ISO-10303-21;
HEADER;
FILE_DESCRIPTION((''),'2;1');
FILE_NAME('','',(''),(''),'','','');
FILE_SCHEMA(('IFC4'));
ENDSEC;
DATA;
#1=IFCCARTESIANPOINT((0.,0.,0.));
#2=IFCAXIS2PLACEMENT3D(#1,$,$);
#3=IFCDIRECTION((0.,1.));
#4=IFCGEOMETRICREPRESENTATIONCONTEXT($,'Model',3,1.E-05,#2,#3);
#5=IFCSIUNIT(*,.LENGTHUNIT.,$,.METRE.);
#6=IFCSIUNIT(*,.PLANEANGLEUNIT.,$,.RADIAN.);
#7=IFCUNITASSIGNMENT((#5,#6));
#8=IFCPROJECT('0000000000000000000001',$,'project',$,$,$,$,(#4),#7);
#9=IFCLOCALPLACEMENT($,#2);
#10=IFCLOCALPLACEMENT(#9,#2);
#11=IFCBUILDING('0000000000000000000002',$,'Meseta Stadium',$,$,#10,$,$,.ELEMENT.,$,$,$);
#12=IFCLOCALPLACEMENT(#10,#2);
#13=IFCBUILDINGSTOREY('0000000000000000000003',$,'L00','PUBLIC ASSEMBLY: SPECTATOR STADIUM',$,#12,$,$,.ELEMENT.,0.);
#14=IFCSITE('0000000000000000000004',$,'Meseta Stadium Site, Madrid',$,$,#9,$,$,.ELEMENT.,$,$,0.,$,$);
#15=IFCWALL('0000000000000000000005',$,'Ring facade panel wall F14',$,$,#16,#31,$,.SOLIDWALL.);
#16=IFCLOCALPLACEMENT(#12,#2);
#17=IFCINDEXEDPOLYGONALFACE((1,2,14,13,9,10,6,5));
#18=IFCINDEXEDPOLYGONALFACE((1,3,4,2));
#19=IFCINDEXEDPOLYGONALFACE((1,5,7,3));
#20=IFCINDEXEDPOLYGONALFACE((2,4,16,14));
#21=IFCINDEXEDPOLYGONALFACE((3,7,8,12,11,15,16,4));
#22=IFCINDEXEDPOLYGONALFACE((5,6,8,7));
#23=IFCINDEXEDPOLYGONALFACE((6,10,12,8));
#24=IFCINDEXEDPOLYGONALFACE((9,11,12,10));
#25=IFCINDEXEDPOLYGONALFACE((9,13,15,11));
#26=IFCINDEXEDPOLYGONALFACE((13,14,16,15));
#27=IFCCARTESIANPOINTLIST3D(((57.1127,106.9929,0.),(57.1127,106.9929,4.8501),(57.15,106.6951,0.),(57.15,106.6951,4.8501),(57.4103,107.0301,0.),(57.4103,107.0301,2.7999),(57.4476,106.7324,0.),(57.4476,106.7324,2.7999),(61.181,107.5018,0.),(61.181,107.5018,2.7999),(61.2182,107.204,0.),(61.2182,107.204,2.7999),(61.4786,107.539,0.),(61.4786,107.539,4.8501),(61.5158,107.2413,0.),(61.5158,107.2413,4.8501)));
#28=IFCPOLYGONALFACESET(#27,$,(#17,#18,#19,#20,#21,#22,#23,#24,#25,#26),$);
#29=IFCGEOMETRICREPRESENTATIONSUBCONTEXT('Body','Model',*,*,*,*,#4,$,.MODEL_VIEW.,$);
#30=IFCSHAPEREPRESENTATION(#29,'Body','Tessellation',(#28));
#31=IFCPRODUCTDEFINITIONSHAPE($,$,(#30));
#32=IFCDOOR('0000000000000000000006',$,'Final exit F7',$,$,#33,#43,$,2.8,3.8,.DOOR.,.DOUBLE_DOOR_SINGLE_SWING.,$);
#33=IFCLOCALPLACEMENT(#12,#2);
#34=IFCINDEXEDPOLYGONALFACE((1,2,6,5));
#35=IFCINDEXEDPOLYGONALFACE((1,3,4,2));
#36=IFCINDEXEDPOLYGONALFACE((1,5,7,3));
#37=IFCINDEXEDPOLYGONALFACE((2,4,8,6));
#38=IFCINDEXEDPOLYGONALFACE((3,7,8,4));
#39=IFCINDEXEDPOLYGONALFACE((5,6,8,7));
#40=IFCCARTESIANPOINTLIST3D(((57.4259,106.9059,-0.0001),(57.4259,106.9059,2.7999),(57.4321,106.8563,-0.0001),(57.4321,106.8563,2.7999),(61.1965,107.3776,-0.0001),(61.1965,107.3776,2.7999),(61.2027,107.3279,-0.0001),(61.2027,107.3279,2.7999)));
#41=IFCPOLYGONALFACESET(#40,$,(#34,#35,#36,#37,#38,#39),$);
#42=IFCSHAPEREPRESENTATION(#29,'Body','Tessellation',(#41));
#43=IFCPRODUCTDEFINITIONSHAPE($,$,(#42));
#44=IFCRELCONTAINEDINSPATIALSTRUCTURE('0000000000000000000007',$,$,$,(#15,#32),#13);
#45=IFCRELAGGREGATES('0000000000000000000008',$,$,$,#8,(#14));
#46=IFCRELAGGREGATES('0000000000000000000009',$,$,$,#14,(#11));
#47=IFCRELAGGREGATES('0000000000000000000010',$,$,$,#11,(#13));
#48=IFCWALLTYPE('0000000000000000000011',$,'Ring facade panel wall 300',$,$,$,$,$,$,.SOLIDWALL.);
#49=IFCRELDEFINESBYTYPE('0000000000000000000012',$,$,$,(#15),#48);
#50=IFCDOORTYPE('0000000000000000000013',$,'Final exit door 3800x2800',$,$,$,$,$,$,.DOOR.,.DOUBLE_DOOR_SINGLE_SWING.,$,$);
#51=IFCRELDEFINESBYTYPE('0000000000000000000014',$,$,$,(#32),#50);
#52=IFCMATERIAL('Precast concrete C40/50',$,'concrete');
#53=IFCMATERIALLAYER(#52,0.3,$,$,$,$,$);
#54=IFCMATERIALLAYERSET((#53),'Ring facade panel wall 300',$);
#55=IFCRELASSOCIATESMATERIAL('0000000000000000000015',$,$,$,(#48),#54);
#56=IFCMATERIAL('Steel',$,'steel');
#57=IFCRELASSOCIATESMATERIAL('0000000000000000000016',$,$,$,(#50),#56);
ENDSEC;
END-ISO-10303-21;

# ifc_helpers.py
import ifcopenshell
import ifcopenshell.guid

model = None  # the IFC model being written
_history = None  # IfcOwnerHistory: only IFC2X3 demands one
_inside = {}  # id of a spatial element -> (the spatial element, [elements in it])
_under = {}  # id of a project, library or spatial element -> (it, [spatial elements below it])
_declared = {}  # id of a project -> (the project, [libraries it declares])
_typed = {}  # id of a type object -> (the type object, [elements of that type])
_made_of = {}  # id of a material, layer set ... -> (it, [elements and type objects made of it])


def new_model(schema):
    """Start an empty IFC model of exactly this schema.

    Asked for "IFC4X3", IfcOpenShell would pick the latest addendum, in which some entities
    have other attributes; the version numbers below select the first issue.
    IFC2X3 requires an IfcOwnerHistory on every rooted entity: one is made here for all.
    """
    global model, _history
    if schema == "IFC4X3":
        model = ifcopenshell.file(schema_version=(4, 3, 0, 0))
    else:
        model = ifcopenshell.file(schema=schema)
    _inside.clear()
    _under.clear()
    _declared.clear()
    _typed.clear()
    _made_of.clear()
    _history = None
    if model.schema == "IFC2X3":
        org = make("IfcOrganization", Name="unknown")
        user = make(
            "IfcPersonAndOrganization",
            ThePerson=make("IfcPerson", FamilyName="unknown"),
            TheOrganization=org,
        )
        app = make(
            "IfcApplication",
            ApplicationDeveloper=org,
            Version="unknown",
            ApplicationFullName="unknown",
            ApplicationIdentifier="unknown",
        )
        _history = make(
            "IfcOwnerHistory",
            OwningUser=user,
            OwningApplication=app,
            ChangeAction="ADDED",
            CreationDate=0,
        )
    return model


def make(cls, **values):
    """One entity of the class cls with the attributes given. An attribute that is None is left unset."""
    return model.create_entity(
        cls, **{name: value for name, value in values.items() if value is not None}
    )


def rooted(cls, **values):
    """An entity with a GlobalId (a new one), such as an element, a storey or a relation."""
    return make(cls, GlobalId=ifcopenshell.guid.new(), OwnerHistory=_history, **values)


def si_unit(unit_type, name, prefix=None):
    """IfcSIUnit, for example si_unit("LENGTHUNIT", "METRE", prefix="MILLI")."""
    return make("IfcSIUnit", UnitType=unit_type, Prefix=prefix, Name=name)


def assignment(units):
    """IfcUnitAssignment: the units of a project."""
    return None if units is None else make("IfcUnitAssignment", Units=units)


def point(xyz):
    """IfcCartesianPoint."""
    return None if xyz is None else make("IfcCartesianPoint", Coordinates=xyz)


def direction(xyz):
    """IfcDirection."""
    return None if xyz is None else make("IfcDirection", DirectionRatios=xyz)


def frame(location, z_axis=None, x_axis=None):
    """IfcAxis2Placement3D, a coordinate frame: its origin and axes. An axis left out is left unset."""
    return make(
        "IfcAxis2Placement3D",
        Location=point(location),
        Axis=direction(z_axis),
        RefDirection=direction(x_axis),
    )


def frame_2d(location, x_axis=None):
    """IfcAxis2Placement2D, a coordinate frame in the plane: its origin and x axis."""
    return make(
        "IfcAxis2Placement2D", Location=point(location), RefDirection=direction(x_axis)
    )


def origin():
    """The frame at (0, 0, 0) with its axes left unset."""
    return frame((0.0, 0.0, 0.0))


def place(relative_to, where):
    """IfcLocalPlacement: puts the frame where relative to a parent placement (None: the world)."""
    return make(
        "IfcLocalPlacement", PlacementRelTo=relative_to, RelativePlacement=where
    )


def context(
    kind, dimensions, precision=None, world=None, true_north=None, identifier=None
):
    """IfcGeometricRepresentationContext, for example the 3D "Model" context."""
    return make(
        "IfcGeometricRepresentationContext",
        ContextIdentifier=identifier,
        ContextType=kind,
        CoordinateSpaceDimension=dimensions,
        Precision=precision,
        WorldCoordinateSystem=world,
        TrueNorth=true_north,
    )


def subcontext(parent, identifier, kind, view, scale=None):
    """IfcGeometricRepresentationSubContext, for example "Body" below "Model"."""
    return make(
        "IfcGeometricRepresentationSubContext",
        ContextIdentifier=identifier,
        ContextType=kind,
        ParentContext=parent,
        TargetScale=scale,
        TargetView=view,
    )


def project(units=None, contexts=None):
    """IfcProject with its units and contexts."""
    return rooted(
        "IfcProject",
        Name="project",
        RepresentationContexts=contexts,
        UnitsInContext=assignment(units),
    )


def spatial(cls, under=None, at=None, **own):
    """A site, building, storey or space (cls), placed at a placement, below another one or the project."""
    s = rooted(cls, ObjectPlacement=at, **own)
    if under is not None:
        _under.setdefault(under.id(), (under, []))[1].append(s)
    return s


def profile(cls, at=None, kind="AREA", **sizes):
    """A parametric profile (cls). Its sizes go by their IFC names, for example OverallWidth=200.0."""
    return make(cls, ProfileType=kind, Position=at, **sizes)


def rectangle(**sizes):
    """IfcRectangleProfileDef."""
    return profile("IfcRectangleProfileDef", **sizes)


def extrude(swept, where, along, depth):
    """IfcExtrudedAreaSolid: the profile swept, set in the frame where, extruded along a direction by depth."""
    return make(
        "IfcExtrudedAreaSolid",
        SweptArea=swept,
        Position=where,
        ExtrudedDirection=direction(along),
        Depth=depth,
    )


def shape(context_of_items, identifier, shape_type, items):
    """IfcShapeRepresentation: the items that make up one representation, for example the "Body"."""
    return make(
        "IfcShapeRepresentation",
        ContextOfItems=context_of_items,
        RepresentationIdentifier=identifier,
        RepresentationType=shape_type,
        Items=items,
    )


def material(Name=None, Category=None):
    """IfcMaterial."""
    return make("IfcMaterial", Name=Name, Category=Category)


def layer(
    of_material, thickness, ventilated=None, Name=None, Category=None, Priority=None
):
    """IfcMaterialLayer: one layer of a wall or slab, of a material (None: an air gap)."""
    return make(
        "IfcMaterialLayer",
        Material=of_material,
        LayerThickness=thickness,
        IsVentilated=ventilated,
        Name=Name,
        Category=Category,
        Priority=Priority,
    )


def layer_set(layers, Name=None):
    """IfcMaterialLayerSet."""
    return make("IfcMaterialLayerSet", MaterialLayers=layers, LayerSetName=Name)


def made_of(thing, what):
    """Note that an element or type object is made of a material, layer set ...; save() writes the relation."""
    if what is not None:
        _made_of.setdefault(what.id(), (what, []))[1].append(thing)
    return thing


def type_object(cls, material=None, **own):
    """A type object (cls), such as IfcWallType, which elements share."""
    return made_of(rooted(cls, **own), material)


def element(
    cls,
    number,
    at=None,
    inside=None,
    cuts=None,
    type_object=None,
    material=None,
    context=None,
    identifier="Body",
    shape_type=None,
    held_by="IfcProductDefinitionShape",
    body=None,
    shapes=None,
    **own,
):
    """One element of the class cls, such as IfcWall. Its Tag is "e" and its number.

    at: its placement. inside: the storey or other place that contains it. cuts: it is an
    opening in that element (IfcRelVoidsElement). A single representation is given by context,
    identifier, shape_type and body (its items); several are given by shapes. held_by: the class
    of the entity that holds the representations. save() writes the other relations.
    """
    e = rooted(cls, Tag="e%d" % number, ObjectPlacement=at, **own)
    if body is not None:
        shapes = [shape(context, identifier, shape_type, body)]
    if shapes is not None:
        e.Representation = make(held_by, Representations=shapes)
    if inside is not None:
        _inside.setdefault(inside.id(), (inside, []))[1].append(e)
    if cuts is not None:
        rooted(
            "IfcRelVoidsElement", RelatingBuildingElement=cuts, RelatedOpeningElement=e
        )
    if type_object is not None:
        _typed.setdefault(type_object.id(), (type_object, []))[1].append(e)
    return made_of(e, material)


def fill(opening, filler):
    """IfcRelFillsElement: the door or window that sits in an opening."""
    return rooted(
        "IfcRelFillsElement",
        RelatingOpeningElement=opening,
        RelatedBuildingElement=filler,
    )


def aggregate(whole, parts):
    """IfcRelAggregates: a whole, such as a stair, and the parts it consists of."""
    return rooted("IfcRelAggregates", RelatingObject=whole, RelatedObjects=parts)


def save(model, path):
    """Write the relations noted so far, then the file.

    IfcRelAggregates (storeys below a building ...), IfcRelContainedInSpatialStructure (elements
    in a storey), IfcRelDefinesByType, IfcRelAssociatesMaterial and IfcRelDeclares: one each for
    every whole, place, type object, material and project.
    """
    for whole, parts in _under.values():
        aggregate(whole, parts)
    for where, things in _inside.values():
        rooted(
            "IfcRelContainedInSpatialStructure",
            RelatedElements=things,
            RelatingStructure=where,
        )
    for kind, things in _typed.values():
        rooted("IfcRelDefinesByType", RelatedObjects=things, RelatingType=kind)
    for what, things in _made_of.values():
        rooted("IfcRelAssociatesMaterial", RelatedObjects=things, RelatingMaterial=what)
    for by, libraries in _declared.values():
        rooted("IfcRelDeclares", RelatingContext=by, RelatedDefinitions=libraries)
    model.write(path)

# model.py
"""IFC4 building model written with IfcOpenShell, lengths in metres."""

from ifc_helpers import new_model, si_unit, direction, frame, frame_2d, origin, place, context, subcontext, project, spatial, rectangle, extrude, material, layer, layer_set, type_object, element, fill, save


model = new_model("IFC4")

# Units and contexts
model_context = context("Model", 3, precision=1e-05, world=origin(), true_north=direction((0.0, 1.0)))
body_context = subcontext(model_context, "Body", "Model", "MODEL_VIEW")
ifc_project = project(units=[si_unit("LENGTHUNIT", "METRE"), si_unit("PLANEANGLEUNIT", "RADIAN")], contexts=[model_context])

# Site, building, storey
site_placement = place(None, origin())
site = spatial("IfcSite", under=ifc_project, at=site_placement, Name="Meseta Stadium Site, Madrid", CompositionType="ELEMENT", RefElevation=0.0)
building_placement = place(site_placement, origin())
building = spatial("IfcBuilding", under=site, at=building_placement, Name="Meseta Stadium", CompositionType="ELEMENT")
storey_placement = place(building_placement, origin())
storey = spatial("IfcBuildingStorey", under=building, at=storey_placement, Name="L00", Description="PUBLIC ASSEMBLY: SPECTATOR STADIUM", CompositionType="ELEMENT", Elevation=0.0)

# Wall, opening, door
ifc_material_1 = material(Name="Precast concrete C40/50", Category="concrete")
ifc_layer_1 = layer(ifc_material_1, 0.3)
ifc_layer_set_1 = layer_set([ifc_layer_1], Name="Ring facade panel wall 300")
wall_type_1 = type_object("IfcWallType", Name="Ring facade panel wall 300", PredefinedType="SOLIDWALL", material=ifc_layer_set_1)
wall_1_placement = place(storey_placement, frame((57.1313, 106.844, 0.0), z_axis=(0.0, 0.0, 1.0), x_axis=(0.992267, 0.124124, 0.0)))
wall_1 = element("IfcWall", 1, at=wall_1_placement, inside=storey, type_object=wall_type_1, Name="Ring facade panel wall F14", PredefinedType="SOLIDWALL", context=body_context, shape_type="SweptSolid", body=[
    extrude(rectangle(XDim=4.3999, YDim=0.3, at=frame_2d((2.2, 0.0))), origin(), (0.0, 0.0, 1.0), 4.8501),
])
opening_1_placement = place(wall_1_placement, frame((0.3, 0.0, 0.0)))
opening_1 = element("IfcOpeningElement", 2, at=opening_1_placement, cuts=wall_1, PredefinedType="OPENING", context=body_context, shape_type="SweptSolid", body=[
    extrude(rectangle(XDim=3.8, YDim=2.8, at=frame_2d((1.8999, 1.3999))), frame((0.0, 0.1599, 0.0), z_axis=(0.0, -1.0, 0.0), x_axis=(1.0, 0.0, 0.0)), (0.0, 0.0, 1.0), 0.3201),
])
ifc_material_2 = material(Name="Steel", Category="steel")
door_type_1 = type_object("IfcDoorType", Name="Final exit door 3800x2800", OperationType="DOUBLE_DOOR_SINGLE_SWING", PredefinedType="DOOR", material=ifc_material_2)
door_1_placement = place(opening_1_placement, origin())
door_1 = element("IfcDoor", 3, at=door_1_placement, inside=storey, type_object=door_type_1, Name="Final exit F7", OperationType="DOUBLE_DOOR_SINGLE_SWING", OverallHeight=2.8, OverallWidth=3.8, PredefinedType="DOOR", context=body_context, shape_type="SweptSolid", body=[
    extrude(rectangle(XDim=3.8, YDim=2.8, at=frame_2d((1.8999, 1.3999))), frame((0.0, 0.0249, 0.0), z_axis=(0.0, -1.0, 0.0), x_axis=(1.0, 0.0, 0.0)), (0.0, 0.0, 1.0), 0.05),
])
fill(opening_1, door_1)

save(model, "model.ifc")
